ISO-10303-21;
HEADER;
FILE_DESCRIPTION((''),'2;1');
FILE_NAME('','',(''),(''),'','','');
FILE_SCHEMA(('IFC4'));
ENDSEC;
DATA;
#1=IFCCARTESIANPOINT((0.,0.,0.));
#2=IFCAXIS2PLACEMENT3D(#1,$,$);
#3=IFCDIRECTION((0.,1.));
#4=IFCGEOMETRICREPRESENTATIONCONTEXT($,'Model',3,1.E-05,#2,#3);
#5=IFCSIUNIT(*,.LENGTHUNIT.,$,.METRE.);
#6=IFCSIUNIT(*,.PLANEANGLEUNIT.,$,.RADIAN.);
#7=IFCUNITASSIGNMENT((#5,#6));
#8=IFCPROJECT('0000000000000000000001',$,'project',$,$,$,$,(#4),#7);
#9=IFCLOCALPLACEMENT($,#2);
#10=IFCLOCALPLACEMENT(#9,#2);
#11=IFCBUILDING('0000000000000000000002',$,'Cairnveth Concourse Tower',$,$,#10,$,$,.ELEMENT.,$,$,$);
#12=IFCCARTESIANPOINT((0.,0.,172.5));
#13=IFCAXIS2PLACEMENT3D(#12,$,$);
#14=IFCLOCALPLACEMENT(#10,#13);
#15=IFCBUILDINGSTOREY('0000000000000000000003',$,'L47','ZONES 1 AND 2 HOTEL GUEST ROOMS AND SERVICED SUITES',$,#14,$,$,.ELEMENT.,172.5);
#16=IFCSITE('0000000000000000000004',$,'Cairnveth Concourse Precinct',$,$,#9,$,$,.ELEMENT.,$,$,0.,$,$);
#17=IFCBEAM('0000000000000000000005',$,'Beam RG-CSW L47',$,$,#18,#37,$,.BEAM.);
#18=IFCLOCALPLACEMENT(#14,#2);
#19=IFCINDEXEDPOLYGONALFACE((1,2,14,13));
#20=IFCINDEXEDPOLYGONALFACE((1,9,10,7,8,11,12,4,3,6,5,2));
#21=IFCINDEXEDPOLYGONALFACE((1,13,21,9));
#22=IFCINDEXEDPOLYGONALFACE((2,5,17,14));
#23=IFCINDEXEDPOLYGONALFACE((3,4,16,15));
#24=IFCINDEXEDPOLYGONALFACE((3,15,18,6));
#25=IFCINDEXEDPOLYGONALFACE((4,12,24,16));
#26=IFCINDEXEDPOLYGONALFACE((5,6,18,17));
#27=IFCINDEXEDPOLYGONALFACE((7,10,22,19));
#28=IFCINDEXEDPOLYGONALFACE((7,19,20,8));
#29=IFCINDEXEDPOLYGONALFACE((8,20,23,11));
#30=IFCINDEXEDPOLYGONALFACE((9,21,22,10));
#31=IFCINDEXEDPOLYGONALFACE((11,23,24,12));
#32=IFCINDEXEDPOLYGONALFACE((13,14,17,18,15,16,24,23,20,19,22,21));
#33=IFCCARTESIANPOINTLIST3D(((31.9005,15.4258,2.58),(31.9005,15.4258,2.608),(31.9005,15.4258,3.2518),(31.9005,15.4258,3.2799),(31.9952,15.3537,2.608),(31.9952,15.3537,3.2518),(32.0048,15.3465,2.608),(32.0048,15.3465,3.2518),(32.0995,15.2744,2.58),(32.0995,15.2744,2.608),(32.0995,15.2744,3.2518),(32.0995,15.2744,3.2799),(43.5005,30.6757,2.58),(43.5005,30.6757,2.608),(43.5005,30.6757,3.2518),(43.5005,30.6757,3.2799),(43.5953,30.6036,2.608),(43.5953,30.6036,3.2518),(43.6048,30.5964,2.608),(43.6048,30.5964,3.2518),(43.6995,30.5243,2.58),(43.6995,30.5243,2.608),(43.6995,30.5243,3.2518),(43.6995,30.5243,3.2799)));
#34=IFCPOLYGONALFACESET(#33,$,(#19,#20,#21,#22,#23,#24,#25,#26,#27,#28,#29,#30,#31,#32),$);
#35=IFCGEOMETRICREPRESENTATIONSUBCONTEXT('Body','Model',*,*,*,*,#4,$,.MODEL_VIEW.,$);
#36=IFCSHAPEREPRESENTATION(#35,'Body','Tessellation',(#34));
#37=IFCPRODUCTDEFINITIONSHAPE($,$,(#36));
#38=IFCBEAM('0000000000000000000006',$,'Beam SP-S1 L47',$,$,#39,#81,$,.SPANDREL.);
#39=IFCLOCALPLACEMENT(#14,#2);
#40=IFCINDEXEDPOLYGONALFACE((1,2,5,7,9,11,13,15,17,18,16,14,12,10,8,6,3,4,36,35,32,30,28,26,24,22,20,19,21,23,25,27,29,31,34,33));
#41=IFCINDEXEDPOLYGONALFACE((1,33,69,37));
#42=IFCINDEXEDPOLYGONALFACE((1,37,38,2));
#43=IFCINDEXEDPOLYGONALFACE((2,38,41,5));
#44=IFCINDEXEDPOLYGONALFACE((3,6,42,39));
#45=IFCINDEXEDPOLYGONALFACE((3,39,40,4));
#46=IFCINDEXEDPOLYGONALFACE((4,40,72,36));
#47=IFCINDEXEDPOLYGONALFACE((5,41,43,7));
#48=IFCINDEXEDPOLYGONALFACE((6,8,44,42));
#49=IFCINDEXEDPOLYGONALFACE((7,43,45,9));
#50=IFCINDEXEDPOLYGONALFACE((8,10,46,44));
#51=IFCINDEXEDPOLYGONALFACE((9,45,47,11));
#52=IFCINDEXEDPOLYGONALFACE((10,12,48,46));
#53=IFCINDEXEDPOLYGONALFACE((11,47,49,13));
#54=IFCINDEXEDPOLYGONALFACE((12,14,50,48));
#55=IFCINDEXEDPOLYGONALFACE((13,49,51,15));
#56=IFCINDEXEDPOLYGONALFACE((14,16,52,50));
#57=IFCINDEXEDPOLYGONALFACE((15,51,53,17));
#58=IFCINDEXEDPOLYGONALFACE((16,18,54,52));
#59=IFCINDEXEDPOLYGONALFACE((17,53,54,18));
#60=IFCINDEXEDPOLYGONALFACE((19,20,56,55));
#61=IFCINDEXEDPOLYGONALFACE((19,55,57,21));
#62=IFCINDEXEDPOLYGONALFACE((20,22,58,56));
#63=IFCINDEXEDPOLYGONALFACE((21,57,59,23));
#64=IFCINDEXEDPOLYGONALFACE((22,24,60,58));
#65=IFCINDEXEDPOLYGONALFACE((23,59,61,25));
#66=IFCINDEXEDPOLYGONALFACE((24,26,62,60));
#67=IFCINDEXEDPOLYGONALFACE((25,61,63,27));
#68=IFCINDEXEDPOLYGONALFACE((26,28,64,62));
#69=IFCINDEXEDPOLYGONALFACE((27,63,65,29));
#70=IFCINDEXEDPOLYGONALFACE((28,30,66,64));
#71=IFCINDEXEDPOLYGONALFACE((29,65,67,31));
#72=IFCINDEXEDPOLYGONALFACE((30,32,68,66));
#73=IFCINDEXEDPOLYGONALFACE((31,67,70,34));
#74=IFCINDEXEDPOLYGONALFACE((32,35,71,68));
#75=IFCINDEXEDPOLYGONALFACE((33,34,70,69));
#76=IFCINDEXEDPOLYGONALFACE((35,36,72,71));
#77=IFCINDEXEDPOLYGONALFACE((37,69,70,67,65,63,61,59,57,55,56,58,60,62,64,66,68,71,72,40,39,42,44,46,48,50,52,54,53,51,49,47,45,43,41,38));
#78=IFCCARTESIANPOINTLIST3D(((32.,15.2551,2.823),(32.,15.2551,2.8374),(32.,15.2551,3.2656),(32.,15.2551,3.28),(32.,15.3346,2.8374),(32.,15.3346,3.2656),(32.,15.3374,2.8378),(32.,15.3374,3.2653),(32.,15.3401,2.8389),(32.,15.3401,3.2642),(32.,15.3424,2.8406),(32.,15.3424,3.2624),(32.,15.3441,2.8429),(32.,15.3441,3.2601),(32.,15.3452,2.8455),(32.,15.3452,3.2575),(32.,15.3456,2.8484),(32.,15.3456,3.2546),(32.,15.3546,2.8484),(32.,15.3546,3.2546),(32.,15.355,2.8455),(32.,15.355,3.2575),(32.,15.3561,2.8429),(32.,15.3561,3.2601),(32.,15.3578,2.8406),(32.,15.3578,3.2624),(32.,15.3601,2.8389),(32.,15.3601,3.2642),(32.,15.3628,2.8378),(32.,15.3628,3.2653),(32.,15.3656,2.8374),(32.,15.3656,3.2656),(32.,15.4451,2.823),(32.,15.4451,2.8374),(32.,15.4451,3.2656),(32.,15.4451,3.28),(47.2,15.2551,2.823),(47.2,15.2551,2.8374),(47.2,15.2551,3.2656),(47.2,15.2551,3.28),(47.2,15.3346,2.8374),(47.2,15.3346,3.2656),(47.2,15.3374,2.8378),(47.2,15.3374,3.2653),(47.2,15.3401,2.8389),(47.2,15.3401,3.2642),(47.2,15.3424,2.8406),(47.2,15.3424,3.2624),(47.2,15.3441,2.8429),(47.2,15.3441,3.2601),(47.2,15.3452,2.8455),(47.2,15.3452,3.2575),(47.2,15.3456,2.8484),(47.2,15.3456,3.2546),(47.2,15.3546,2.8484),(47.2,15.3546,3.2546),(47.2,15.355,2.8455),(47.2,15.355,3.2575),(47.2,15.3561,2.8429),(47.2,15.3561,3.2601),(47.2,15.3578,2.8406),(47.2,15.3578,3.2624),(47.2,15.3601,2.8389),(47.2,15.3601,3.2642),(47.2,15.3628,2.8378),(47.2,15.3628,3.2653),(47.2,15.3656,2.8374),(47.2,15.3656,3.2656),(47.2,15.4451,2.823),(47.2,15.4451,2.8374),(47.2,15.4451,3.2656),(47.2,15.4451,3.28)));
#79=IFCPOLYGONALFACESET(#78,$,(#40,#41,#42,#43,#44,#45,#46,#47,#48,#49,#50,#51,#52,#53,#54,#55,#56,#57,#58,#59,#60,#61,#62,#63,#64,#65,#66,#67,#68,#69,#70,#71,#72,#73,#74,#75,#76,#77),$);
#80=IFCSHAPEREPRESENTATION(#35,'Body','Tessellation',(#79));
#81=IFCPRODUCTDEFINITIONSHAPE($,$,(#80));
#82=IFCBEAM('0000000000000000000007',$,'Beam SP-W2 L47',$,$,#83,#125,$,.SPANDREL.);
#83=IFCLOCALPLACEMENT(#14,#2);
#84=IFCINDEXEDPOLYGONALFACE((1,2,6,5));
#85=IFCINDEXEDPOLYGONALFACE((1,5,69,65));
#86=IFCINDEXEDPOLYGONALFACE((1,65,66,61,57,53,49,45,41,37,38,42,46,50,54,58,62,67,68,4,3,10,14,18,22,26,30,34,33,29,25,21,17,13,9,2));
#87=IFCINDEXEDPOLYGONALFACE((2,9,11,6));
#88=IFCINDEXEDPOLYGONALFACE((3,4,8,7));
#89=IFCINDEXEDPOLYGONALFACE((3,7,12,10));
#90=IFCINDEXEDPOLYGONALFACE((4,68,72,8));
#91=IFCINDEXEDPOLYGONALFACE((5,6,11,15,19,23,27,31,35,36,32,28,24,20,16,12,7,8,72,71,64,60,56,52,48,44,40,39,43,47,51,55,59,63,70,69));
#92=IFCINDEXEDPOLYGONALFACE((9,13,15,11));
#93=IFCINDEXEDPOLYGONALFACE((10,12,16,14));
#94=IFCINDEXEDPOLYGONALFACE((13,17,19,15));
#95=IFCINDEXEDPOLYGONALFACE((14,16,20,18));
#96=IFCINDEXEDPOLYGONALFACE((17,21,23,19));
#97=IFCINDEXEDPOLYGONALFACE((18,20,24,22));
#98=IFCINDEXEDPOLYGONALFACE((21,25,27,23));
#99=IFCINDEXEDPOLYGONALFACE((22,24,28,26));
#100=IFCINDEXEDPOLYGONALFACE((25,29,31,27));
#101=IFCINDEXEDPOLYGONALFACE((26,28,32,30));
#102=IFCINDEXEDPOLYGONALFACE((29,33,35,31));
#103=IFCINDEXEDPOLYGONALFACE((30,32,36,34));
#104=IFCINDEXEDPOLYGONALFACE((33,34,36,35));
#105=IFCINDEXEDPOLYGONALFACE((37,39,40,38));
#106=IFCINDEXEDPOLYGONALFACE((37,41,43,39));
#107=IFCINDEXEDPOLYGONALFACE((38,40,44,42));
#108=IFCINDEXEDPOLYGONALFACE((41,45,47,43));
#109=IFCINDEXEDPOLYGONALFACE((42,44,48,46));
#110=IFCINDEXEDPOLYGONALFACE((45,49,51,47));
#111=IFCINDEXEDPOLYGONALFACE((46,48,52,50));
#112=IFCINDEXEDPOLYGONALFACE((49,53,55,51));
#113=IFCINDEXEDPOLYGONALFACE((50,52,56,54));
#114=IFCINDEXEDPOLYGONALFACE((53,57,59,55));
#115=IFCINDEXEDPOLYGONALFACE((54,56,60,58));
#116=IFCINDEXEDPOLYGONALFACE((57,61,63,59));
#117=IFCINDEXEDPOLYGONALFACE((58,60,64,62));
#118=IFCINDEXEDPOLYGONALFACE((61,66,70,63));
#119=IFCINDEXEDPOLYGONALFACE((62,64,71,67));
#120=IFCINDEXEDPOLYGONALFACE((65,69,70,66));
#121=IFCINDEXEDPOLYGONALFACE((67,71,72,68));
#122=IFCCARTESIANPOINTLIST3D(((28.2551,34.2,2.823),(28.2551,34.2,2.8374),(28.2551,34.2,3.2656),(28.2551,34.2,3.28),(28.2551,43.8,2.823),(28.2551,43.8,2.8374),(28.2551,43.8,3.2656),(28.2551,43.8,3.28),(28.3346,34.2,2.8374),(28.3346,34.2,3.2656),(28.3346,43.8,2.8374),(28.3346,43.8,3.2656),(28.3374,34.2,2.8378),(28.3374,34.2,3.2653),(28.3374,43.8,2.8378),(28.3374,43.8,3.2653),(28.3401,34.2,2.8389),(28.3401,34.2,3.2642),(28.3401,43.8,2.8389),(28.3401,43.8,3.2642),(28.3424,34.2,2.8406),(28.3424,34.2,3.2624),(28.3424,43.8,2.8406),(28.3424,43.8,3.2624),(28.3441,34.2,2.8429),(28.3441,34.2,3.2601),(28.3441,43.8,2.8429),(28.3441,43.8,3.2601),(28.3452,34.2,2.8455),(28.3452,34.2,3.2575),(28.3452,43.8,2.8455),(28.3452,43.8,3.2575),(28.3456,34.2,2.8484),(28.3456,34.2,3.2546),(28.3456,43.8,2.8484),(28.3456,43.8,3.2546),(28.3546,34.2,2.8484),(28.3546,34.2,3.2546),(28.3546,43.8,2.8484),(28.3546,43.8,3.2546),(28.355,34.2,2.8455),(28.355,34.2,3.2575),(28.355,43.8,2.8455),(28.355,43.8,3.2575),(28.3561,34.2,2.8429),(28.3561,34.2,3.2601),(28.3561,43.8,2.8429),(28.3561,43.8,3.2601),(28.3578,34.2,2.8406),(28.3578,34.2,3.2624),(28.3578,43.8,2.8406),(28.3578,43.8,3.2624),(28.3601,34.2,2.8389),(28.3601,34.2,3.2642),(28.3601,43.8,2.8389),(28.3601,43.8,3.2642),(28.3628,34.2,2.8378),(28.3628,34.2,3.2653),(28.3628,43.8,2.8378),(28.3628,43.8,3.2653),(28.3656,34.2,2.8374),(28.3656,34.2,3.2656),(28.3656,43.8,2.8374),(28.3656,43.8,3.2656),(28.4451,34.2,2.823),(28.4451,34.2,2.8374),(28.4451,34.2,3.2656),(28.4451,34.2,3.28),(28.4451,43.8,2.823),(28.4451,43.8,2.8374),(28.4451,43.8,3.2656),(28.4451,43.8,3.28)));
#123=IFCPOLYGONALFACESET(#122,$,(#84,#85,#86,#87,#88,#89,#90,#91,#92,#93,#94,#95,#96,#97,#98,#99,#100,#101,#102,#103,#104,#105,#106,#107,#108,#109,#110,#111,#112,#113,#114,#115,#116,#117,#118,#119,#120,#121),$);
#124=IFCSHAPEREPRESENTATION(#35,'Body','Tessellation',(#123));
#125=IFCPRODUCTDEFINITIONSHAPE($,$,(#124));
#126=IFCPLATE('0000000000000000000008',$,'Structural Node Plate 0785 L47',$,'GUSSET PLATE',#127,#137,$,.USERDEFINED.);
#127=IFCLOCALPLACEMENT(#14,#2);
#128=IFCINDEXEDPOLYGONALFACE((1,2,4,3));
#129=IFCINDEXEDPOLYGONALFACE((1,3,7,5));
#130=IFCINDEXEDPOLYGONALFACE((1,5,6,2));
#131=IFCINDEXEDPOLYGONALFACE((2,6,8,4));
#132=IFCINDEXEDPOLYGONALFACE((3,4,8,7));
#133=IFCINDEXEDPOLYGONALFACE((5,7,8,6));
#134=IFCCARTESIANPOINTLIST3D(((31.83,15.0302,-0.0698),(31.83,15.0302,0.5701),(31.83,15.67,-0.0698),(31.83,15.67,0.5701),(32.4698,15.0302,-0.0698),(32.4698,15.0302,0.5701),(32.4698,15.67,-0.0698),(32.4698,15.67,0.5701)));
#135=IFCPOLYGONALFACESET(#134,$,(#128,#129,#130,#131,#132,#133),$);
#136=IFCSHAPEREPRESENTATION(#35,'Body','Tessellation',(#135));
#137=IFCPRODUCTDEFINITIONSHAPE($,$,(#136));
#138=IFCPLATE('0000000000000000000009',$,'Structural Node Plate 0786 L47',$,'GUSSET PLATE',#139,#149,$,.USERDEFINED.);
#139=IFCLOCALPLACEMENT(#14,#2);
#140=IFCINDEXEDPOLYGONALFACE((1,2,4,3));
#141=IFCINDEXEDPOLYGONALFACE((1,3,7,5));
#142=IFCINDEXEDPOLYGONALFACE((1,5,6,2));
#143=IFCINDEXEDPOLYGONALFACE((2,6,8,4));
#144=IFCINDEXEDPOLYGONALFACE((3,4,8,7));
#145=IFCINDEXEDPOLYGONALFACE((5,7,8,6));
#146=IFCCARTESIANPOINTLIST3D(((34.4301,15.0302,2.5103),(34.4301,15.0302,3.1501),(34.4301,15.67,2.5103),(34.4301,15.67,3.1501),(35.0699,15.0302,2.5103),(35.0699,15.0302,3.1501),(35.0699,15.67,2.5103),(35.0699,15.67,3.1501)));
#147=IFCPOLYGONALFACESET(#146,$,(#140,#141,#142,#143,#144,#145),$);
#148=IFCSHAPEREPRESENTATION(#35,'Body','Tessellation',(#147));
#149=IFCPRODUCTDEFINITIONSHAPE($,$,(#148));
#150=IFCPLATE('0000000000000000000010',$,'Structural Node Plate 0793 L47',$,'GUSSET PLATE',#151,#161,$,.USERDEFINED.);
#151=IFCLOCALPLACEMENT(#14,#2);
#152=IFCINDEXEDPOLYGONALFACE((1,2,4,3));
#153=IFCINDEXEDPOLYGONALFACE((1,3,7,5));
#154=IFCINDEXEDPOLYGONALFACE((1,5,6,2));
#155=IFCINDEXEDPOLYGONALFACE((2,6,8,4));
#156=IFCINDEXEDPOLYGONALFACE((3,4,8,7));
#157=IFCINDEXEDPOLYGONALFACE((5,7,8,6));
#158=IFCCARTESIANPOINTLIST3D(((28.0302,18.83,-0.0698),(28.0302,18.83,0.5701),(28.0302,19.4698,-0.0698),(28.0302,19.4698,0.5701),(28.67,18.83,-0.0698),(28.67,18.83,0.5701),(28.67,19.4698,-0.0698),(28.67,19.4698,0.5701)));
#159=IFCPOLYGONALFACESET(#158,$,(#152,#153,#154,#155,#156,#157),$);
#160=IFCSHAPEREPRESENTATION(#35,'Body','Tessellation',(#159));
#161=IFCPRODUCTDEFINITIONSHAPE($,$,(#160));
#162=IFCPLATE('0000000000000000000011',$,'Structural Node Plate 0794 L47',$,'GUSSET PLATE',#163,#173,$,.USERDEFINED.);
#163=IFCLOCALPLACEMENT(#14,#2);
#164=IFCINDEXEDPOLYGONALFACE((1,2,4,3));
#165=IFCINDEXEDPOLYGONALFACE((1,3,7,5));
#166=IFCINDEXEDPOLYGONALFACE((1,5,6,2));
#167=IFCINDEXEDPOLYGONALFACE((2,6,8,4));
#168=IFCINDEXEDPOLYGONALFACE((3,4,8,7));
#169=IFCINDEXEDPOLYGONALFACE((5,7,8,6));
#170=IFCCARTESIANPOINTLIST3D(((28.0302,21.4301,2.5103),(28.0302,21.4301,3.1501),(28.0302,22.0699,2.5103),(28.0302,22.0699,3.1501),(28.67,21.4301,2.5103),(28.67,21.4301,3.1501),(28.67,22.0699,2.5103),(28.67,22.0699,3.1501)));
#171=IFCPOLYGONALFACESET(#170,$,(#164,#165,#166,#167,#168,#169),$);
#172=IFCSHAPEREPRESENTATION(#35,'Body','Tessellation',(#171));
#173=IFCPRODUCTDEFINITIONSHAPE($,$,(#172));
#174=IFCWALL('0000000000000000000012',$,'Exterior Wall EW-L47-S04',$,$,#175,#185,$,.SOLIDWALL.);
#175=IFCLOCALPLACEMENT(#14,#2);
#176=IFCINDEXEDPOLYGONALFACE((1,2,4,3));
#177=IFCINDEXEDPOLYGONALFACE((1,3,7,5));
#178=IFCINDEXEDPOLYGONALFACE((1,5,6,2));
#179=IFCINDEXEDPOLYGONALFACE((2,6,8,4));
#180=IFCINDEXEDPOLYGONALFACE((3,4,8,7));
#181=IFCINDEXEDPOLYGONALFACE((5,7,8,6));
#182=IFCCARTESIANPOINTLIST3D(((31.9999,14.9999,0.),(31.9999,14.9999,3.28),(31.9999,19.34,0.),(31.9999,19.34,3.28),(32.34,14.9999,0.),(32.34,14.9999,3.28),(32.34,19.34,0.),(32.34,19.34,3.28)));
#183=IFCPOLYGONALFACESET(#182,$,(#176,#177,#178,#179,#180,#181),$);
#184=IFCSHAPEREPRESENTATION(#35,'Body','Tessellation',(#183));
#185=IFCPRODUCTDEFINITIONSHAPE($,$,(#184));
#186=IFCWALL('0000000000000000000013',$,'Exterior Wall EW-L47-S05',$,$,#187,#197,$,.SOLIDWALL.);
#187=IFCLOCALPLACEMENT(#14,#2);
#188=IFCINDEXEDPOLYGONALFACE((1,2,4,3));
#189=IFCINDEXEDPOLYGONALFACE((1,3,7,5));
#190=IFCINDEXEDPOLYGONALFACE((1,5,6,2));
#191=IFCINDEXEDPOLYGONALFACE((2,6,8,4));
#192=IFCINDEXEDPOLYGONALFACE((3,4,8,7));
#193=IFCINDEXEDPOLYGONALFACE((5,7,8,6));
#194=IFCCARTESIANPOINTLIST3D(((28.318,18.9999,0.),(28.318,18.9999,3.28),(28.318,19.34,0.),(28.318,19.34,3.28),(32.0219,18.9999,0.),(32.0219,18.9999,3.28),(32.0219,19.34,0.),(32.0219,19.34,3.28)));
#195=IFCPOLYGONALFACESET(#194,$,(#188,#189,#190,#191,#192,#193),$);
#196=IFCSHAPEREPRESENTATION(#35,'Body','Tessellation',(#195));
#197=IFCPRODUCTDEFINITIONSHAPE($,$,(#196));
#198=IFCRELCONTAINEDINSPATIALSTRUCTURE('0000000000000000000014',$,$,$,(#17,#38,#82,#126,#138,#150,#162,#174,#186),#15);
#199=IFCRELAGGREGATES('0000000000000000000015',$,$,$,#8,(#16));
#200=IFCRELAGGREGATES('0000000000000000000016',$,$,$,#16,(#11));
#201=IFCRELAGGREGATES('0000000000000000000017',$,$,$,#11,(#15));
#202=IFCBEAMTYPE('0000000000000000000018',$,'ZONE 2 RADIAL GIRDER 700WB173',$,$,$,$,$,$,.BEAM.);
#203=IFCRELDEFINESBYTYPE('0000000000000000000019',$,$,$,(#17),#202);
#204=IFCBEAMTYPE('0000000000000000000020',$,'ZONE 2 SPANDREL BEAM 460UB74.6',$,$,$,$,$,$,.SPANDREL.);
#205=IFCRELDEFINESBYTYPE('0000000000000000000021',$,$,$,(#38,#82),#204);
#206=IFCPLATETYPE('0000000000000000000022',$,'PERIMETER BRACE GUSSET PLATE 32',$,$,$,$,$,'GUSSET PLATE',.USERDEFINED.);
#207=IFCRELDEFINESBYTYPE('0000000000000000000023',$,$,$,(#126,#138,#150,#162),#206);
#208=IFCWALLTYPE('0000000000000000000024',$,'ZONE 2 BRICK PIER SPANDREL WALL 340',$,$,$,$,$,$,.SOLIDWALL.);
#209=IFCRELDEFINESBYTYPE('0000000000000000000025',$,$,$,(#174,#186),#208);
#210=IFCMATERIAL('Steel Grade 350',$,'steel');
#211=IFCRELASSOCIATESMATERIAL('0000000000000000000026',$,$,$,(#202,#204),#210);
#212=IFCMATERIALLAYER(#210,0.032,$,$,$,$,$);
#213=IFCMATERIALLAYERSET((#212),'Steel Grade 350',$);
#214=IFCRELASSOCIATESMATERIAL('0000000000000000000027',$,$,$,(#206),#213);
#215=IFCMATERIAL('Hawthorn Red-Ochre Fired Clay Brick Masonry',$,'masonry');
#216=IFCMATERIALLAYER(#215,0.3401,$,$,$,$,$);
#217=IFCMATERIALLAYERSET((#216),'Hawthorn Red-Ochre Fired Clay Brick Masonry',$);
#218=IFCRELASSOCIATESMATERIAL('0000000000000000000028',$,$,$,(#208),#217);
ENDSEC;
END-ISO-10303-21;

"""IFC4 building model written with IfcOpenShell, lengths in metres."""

from ifc_helpers import new_model, si_unit, direction, frame, frame_2d, origin, origin_2d, place, context, subcontext, project, spatial, rectangle, i_section, extrude, material, layer, layer_set, material_profile, profile_set, type_object, element, save


model = new_model("IFC4")

# Units and contexts
model_context = context("Model", 3, precision=1e-05, world=origin(), true_north=direction((0.0, 1.0)))
body_context = subcontext(model_context, "Body", "Model", "MODEL_VIEW")
ifc_project = project(units=[si_unit("LENGTHUNIT", "METRE"), si_unit("PLANEANGLEUNIT", "RADIAN")], contexts=[model_context])

# Site, building, storey
site_placement = place(None, origin())
site = spatial("IfcSite", under=ifc_project, at=site_placement, Name="Cairnveth Concourse Precinct", CompositionType="ELEMENT", RefElevation=0.0)
building_placement = place(site_placement, origin())
building = spatial("IfcBuilding", under=site, at=building_placement, Name="Cairnveth Concourse Tower", CompositionType="ELEMENT")
storey_placement = place(building_placement, frame((0.0, 0.0, 172.5)))
storey = spatial("IfcBuildingStorey", under=building, at=storey_placement, Name="L47", Description="ZONES 1 AND 2 HOTEL GUEST ROOMS AND SERVICED SUITES", CompositionType="ELEMENT", Elevation=172.5)

# Shared definitions
ifc_material_1 = material(Name="Steel Grade 350", Category="steel")

# Beams
ifc_material_profile_1 = material_profile(ifc_material_1, i_section(OverallWidth=0.25, OverallDepth=0.7, WebThickness=0.012, FlangeThickness=0.0281, at=origin_2d()), Name="700WB173")
ifc_profile_set_1 = profile_set([ifc_material_profile_1], Name="Steel Grade 350")
beam_type_1 = type_object("IfcBeamType", Name="ZONE 2 RADIAL GIRDER 700WB173", PredefinedType="BEAM", material=ifc_profile_set_1)
beam_1_placement = place(storey_placement, frame((32.0, 15.3501, 2.9299), z_axis=(0.605417, 0.795908, 0.0), x_axis=(-0.795908, 0.605417, 0.0)))
element("IfcBeam", 1, at=beam_1_placement, inside=storey, type_object=beam_type_1, Name="Beam RG-CSW L47", PredefinedType="BEAM", context=body_context, shape_type="SweptSolid", body=[
    extrude(i_section(OverallWidth=0.25, OverallDepth=0.7, WebThickness=0.012, FlangeThickness=0.0281, at=origin_2d()), origin(), (0.0, 0.0, 1.0), 19.1604),
])
ifc_material_profile_2 = material_profile(ifc_material_1, i_section(OverallWidth=0.1899, OverallDepth=0.457, WebThickness=0.009, FlangeThickness=0.0144, FilletRadius=0.011, at=origin_2d()), Name="460UB74.6")
ifc_profile_set_2 = profile_set([ifc_material_profile_2], Name="Steel Grade 350")
beam_type_2 = type_object("IfcBeamType", Name="ZONE 2 SPANDREL BEAM 460UB74.6", PredefinedType="SPANDREL", material=ifc_profile_set_2)
beam_2_placement = place(storey_placement, frame((32.0, 15.3501, 3.0515), z_axis=(1.0, 0.0, 0.0), x_axis=(0.0, 1.0, 0.0)))
element("IfcBeam", 2, at=beam_2_placement, inside=storey, type_object=beam_type_2, Name="Beam SP-S1 L47", PredefinedType="SPANDREL", context=body_context, shape_type="SweptSolid", body=[
    extrude(i_section(OverallWidth=0.1899, OverallDepth=0.457, WebThickness=0.009, FlangeThickness=0.0144, FilletRadius=0.011, at=origin_2d()), origin(), (0.0, 0.0, 1.0), 15.2),
])
beam_3_placement = place(storey_placement, frame((28.3501, 34.2, 3.0515), z_axis=(0.0, 1.0, 0.0), x_axis=(-1.0, 0.0, 0.0)))
element("IfcBeam", 3, at=beam_3_placement, inside=storey, type_object=beam_type_2, Name="Beam SP-W2 L47", PredefinedType="SPANDREL", context=body_context, shape_type="SweptSolid", body=[
    extrude(i_section(OverallWidth=0.1899, OverallDepth=0.457, WebThickness=0.009, FlangeThickness=0.0144, FilletRadius=0.011, at=origin_2d()), origin(), (0.0, 0.0, 1.0), 9.6001),
])

# Plates
ifc_layer_1 = layer(ifc_material_1, 0.032)
ifc_layer_set_1 = layer_set([ifc_layer_1], Name="Steel Grade 350")
plate_type = type_object("IfcPlateType", Name="PERIMETER BRACE GUSSET PLATE 32", ElementType="GUSSET PLATE", PredefinedType="USERDEFINED", material=ifc_layer_set_1)
for number, where, z_axis, x_axis, name in (
    (4, (32.1499, 15.3501, -0.0698), (0.0, 0.0, 1.0), (1.0, 0.0, 0.0), "Structural Node Plate 0785 L47"),
    (5, (34.75, 15.3501, 2.5103), (0.0, 0.0, 1.0), (1.0, 0.0, 0.0), "Structural Node Plate 0786 L47"),
    (6, (28.3501, 19.1499, -0.0698), (0.0, 0.0, 1.0), (1.0, 0.0, 0.0), "Structural Node Plate 0793 L47"),
    (7, (28.3501, 21.75, 2.5103), (0.0, 0.0, 1.0), (1.0, 0.0, 0.0), "Structural Node Plate 0794 L47"),
):
    element("IfcPlate", number, at=place(storey_placement, frame(where, z_axis=z_axis, x_axis=x_axis)), inside=storey, type_object=plate_type, Name=name, ObjectType="GUSSET PLATE", PredefinedType="USERDEFINED", context=body_context, shape_type="SweptSolid", body=[
        extrude(rectangle(XDim=0.6399, YDim=0.6399, at=origin_2d()), origin(), (0.0, 0.0, 1.0), 0.6399),
    ])

# Walls
ifc_material_2 = material(Name="Hawthorn Red-Ochre Fired Clay Brick Masonry", Category="masonry")
ifc_layer_2 = layer(ifc_material_2, 0.3401)
ifc_layer_set_2 = layer_set([ifc_layer_2], Name="Hawthorn Red-Ochre Fired Clay Brick Masonry")
wall_type = type_object("IfcWallType", Name="ZONE 2 BRICK PIER SPANDREL WALL 340", PredefinedType="SOLIDWALL", material=ifc_layer_set_2)
wall_1_placement = place(storey_placement, frame((32.1699, 15.0, 0.0), z_axis=(0.0, 0.0, 1.0), x_axis=(0.0, 1.0, 0.0)))
element("IfcWall", 8, at=wall_1_placement, inside=storey, type_object=wall_type, Name="Exterior Wall EW-L47-S04", PredefinedType="SOLIDWALL", context=body_context, shape_type="SweptSolid", body=[
    extrude(rectangle(XDim=4.3401, YDim=0.3401, at=frame_2d((2.1699, 0.0))), origin(), (0.0, 0.0, 1.0), 3.28),
])
wall_2_placement = place(storey_placement, frame((32.022, 19.1699, 0.0), z_axis=(0.0, 0.0, 1.0), x_axis=(-1.0, 0.0, 0.0)))
element("IfcWall", 9, at=wall_2_placement, inside=storey, type_object=wall_type, Name="Exterior Wall EW-L47-S05", PredefinedType="SOLIDWALL", context=body_context, shape_type="SweptSolid", body=[
    extrude(rectangle(XDim=3.7039, YDim=0.3401, at=frame_2d((1.8521, 0.0))), origin(), (0.0, 0.0, 1.0), 3.28),
])

save(model, "model.ifc")
